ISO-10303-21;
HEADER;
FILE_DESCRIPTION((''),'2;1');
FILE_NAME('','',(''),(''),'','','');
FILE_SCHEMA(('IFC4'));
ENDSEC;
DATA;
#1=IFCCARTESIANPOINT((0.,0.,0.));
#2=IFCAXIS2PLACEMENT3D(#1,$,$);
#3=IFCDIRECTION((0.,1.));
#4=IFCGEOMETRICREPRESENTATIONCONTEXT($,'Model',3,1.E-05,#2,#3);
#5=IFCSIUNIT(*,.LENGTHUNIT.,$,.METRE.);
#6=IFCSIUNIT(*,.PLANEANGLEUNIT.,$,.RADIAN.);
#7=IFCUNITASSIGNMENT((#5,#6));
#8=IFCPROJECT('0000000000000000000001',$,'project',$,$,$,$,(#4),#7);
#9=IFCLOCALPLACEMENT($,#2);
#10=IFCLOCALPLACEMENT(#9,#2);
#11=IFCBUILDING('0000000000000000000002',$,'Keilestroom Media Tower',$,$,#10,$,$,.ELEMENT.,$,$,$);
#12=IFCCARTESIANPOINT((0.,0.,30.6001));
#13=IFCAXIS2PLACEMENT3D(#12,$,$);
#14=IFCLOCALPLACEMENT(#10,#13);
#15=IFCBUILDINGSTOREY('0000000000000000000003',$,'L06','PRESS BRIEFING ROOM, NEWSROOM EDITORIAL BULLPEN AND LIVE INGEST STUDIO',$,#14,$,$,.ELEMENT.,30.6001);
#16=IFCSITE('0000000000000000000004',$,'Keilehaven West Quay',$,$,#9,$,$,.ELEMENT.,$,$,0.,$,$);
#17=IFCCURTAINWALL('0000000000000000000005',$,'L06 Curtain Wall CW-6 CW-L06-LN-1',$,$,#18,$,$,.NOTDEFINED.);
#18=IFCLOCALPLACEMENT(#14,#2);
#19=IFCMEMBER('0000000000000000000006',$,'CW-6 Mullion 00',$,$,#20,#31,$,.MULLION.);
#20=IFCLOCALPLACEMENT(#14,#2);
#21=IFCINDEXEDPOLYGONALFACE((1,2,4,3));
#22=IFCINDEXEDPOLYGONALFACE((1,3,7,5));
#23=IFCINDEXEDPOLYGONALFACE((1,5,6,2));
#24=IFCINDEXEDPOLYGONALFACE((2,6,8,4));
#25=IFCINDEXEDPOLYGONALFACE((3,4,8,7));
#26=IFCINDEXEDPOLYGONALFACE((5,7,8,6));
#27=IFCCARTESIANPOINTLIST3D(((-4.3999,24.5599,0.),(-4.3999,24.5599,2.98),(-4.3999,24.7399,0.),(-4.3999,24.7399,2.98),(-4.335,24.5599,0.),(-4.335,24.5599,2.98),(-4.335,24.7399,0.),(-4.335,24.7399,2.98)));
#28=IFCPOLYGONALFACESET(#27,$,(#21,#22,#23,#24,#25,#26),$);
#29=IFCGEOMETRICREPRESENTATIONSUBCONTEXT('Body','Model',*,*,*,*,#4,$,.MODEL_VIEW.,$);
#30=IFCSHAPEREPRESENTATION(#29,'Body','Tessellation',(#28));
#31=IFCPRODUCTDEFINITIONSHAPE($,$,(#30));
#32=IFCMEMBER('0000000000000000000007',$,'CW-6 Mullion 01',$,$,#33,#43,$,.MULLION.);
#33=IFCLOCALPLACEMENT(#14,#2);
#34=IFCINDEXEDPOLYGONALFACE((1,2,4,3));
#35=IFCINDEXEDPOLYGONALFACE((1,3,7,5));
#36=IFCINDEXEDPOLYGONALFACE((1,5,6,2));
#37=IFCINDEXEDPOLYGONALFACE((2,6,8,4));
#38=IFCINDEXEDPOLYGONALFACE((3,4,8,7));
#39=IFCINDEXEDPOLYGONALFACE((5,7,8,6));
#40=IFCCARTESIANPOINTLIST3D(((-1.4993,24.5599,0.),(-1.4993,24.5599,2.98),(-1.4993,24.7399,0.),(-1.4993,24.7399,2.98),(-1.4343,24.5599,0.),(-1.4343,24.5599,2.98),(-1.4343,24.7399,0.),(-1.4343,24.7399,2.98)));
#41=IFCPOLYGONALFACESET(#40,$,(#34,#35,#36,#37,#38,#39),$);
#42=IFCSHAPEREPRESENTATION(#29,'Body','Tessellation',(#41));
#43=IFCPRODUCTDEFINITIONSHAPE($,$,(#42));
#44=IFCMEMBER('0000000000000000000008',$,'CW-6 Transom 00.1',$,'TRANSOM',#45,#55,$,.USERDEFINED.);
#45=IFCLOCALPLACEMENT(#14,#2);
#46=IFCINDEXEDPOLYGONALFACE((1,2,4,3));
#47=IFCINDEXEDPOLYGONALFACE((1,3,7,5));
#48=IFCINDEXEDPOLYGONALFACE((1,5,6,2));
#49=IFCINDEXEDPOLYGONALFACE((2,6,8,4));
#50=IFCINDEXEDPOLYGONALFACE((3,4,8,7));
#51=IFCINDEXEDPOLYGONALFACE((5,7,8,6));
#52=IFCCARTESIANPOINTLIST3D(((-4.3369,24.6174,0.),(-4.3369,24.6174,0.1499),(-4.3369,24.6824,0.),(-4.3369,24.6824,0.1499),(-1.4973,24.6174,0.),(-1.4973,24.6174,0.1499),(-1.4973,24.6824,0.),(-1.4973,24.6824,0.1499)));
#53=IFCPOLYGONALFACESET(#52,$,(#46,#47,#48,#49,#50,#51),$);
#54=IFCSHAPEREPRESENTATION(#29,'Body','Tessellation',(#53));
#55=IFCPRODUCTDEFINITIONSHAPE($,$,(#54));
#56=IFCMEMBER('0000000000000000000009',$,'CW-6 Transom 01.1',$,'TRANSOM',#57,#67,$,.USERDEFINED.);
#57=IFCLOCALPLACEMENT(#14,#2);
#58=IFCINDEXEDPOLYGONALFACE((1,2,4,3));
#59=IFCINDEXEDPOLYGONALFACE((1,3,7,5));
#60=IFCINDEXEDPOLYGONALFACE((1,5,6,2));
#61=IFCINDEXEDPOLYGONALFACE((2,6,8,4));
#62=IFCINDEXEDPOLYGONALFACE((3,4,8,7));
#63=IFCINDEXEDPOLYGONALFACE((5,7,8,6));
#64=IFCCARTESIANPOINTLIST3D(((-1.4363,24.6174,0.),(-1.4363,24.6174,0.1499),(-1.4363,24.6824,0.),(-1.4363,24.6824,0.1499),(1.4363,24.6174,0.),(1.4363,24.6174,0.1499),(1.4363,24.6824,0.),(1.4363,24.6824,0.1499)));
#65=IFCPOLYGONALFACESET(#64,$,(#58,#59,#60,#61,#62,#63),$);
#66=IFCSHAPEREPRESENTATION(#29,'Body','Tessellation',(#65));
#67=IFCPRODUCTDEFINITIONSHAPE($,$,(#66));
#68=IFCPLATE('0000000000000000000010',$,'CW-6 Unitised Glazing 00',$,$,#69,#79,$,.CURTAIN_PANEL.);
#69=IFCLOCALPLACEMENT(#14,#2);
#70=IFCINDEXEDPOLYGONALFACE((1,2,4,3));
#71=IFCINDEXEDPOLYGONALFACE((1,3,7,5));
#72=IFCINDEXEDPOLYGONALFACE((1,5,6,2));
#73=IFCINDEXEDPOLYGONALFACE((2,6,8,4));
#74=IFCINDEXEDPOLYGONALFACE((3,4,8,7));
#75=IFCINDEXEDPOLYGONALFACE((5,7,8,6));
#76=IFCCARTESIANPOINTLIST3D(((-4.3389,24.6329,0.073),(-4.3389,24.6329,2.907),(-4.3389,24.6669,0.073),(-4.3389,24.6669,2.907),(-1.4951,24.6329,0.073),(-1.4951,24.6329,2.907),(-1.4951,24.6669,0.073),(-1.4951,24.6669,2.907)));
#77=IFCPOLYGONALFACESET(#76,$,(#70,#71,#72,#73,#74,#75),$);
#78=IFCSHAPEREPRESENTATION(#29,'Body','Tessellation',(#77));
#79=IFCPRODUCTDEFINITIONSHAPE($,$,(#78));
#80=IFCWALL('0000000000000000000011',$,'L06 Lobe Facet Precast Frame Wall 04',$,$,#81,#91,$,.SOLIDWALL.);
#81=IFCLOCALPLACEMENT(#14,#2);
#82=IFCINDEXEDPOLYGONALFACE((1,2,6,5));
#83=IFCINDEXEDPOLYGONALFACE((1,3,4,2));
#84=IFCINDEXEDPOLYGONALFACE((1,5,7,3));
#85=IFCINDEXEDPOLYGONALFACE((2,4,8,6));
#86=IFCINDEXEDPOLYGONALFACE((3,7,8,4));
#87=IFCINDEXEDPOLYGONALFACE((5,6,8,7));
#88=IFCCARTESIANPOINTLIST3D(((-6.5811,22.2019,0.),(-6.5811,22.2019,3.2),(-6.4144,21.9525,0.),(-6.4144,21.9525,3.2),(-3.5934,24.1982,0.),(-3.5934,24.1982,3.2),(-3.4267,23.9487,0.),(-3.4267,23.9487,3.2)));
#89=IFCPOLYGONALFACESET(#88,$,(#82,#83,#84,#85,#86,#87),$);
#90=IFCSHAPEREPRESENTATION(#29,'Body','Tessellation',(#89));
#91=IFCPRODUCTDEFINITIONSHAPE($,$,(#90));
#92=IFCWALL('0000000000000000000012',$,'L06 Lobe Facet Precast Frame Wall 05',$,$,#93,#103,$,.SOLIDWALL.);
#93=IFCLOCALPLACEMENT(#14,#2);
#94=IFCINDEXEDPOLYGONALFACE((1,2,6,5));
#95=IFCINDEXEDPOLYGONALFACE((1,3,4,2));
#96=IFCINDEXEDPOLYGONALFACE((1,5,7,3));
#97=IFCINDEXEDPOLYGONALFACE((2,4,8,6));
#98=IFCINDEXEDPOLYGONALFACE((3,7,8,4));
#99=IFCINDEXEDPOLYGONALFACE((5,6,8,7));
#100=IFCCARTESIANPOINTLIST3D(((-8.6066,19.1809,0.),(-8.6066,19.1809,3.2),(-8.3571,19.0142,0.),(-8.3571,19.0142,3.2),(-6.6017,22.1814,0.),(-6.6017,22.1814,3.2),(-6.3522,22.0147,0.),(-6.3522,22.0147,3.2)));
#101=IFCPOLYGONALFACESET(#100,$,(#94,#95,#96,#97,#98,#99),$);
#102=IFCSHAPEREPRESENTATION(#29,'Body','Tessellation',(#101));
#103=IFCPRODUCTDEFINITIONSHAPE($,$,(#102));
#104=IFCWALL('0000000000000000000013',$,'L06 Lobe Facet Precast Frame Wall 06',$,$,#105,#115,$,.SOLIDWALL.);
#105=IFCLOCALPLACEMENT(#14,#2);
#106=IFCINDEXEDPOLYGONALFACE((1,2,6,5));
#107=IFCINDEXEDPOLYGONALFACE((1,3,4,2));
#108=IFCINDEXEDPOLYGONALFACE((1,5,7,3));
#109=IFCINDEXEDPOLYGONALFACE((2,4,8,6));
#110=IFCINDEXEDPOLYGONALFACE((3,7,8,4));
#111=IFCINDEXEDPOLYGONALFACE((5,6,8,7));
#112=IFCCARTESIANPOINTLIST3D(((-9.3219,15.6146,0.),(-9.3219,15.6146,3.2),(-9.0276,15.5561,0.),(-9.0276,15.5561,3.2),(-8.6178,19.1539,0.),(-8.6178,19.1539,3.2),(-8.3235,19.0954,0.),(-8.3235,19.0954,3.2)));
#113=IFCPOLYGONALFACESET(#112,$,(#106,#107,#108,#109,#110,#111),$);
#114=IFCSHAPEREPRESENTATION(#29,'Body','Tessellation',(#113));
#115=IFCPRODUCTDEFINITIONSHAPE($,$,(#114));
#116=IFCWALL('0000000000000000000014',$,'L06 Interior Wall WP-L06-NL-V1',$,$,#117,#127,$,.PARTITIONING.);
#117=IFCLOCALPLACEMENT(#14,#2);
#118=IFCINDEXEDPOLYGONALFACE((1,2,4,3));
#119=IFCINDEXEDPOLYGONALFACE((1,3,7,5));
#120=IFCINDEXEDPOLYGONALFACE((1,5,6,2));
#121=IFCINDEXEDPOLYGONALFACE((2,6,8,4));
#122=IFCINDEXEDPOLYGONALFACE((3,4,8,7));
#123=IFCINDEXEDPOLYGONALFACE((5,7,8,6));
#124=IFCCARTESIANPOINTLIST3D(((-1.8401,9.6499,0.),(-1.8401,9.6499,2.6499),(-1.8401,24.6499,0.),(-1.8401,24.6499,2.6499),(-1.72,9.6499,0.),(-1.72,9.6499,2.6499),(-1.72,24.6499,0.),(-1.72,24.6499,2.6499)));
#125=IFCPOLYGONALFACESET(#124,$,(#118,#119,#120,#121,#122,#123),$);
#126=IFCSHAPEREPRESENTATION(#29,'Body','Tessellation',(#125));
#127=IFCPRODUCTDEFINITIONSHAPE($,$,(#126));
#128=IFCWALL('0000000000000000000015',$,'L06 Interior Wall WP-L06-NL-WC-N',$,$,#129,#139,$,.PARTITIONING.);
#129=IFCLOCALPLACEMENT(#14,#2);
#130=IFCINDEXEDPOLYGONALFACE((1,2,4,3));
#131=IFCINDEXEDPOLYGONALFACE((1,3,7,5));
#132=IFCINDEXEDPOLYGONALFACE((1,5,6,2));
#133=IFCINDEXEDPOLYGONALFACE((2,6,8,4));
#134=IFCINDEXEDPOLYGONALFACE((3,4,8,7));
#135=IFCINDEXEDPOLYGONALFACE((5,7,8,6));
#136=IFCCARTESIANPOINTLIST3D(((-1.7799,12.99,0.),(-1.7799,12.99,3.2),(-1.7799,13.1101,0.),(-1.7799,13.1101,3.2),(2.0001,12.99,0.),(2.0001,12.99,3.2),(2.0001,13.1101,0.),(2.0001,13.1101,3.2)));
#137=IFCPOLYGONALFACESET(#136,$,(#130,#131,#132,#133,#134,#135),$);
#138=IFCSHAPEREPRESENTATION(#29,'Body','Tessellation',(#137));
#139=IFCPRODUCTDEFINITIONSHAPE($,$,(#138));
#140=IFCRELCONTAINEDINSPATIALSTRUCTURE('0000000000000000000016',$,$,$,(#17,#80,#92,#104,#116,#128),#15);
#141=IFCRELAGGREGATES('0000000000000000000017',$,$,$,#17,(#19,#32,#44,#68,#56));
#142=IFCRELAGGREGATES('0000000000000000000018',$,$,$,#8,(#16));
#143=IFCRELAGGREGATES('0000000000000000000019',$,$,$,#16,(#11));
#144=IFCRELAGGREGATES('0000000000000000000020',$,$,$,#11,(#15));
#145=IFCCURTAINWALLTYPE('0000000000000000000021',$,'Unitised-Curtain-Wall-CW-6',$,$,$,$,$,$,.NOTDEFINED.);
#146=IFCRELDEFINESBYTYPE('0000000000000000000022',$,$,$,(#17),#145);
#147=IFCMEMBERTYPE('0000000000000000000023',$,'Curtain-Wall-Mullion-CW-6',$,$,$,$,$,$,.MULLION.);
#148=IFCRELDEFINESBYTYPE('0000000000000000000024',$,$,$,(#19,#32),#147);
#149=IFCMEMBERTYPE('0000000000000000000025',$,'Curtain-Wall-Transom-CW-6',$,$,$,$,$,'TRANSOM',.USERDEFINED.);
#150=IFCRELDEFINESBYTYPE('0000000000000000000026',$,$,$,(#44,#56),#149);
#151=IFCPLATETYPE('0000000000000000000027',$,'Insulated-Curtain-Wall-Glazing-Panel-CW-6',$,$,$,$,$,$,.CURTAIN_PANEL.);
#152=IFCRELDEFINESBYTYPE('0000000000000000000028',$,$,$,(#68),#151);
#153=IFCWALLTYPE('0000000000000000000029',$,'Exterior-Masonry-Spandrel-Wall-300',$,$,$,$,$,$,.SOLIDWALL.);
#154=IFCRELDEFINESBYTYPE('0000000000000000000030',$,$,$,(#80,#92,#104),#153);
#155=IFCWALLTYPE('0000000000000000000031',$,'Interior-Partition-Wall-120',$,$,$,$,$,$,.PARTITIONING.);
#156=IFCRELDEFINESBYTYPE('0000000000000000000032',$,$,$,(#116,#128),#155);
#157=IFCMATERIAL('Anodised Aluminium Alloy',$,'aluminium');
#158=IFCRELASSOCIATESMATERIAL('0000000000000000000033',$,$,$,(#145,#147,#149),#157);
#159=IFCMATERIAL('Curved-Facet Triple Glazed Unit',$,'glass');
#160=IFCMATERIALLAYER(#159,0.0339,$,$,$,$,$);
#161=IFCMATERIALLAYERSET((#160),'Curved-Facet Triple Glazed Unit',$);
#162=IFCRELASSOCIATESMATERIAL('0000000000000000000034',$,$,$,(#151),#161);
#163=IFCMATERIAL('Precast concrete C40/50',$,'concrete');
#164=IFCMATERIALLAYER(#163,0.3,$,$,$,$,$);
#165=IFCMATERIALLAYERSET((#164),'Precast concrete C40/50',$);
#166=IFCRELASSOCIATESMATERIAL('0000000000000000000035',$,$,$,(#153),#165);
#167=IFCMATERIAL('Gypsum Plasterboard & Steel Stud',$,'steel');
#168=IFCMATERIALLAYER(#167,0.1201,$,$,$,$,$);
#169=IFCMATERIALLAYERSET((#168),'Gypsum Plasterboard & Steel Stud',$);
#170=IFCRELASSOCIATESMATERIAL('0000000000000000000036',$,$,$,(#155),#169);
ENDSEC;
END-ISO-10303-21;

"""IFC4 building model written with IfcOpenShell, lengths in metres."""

from ifc_helpers import new_model, si_unit, direction, frame, frame_2d, origin, origin_2d, place, context, subcontext, project, spatial, rectangle, extrude, source, transform, mapped, material, layer, layer_set, material_profile, profile_set, type_object, element, aggregate, save


model = new_model("IFC4")

# Units and contexts
model_context = context("Model", 3, precision=1e-05, world=origin(), true_north=direction((0.0, 1.0)))
body_context = subcontext(model_context, "Body", "Model", "MODEL_VIEW")
ifc_project = project(units=[si_unit("LENGTHUNIT", "METRE"), si_unit("PLANEANGLEUNIT", "RADIAN")], contexts=[model_context])

# Site, building, storey
site_placement = place(None, origin())
site = spatial("IfcSite", under=ifc_project, at=site_placement, Name="Keilehaven West Quay", CompositionType="ELEMENT", RefElevation=0.0)
building_placement = place(site_placement, origin())
building = spatial("IfcBuilding", under=site, at=building_placement, Name="Keilestroom Media Tower", CompositionType="ELEMENT")
storey_placement = place(building_placement, frame((0.0, 0.0, 30.6001)))
storey = spatial("IfcBuildingStorey", under=building, at=storey_placement, Name="L06", Description="PRESS BRIEFING ROOM, NEWSROOM EDITORIAL BULLPEN AND LIVE INGEST STUDIO", CompositionType="ELEMENT", Elevation=30.6001)

# Curtain wall, members, plate
ifc_material_1 = material(Name="Anodised Aluminium Alloy", Category="aluminium")
curtain_wall_type = type_object("IfcCurtainWallType", Name="Unitised-Curtain-Wall-CW-6", PredefinedType="NOTDEFINED", material=ifc_material_1)
curtain_wall_placement = place(storey_placement, origin())
curtain_wall = element("IfcCurtainWall", 1, at=curtain_wall_placement, inside=storey, type_object=curtain_wall_type, Name="L06 Curtain Wall CW-6 CW-L06-LN-1", PredefinedType="NOTDEFINED")
ifc_material_profile_1 = material_profile(ifc_material_1, rectangle(XDim=0.0649, YDim=0.1799, at=origin_2d()), Name="ALU MULLION 65x180")
ifc_profile_set_1 = profile_set([ifc_material_profile_1], Name="Anodised Aluminium Alloy")
member_type_1 = type_object("IfcMemberType", Name="Curtain-Wall-Mullion-CW-6", PredefinedType="MULLION", material=ifc_profile_set_1)
shared_shape_1 = source(origin(), body_context, "Body", "SweptSolid", [
    extrude(rectangle(XDim=0.0649, YDim=0.1799, at=origin_2d()), origin(), (0.0, 0.0, 1.0), 2.98),
])
member_1_placement = place(storey_placement, frame((-4.3674, 24.6499, 0.0), z_axis=(0.0, 0.0, 1.0), x_axis=(1.0, 0.0, 0.0)))
member_1 = element("IfcMember", 2, at=member_1_placement, type_object=member_type_1, Name="CW-6 Mullion 00", PredefinedType="MULLION", context=body_context, shape_type="MappedRepresentation", body=[
    mapped(shared_shape_1, transform((0.0, 0.0, 0.0), x_axis=(1.0, 0.0, 0.0), y_axis=(0.0, 1.0, 0.0), z_axis=(0.0, 0.0, 1.0), scale=1.0)),
])
member_2_placement = place(storey_placement, frame((-1.4668, 24.6499, 0.0), z_axis=(0.0, 0.0, 1.0), x_axis=(1.0, 0.0, 0.0)))
member_2 = element("IfcMember", 3, at=member_2_placement, type_object=member_type_1, Name="CW-6 Mullion 01", PredefinedType="MULLION", context=body_context, shape_type="MappedRepresentation", body=[
    mapped(shared_shape_1, transform((0.0, 0.0, 0.0), x_axis=(1.0, 0.0, 0.0), y_axis=(0.0, 1.0, 0.0), z_axis=(0.0, 0.0, 1.0), scale=1.0)),
])
ifc_material_profile_2 = material_profile(ifc_material_1, rectangle(XDim=0.0649, YDim=0.1499, at=origin_2d()), Name="ALU TRANSOM 65x150")
ifc_profile_set_2 = profile_set([ifc_material_profile_2], Name="Anodised Aluminium Alloy")
member_type_2 = type_object("IfcMemberType", Name="Curtain-Wall-Transom-CW-6", ElementType="TRANSOM", PredefinedType="USERDEFINED", material=ifc_profile_set_2)
shared_shape_2 = source(origin(), body_context, "Body", "SweptSolid", [
    extrude(rectangle(XDim=0.0649, YDim=0.1499, at=origin_2d()), origin(), (0.0, 0.0, 1.0), 2.8396),
])
member_3_placement = place(storey_placement, frame((-4.3369, 24.6499, 0.075), z_axis=(1.0, 0.0, 0.0), x_axis=(0.0, 1.0, 0.0)))
member_3 = element("IfcMember", 4, at=member_3_placement, type_object=member_type_2, Name="CW-6 Transom 00.1", ObjectType="TRANSOM", PredefinedType="USERDEFINED", context=body_context, shape_type="MappedRepresentation", body=[
    mapped(shared_shape_2, transform((0.0, 0.0, 0.0), x_axis=(1.0, 0.0, 0.0), y_axis=(0.0, 1.0, 0.0), z_axis=(0.0, 0.0, 1.0), scale=1.0)),
])
shared_shape_3 = source(origin(), body_context, "Body", "SweptSolid", [
    extrude(rectangle(XDim=0.0649, YDim=0.1499, at=origin_2d()), origin(), (0.0, 0.0, 1.0), 2.8726),
])
member_4_placement = place(storey_placement, frame((-1.4363, 24.6499, 0.075), z_axis=(1.0, 0.0, 0.0), x_axis=(0.0, 1.0, 0.0)))
member_4 = element("IfcMember", 5, at=member_4_placement, type_object=member_type_2, Name="CW-6 Transom 01.1", ObjectType="TRANSOM", PredefinedType="USERDEFINED", context=body_context, shape_type="MappedRepresentation", body=[
    mapped(shared_shape_3, transform((0.0, 0.0, 0.0), x_axis=(1.0, 0.0, 0.0), y_axis=(0.0, 1.0, 0.0), z_axis=(0.0, 0.0, 1.0), scale=1.0)),
])
ifc_material_2 = material(Name="Curved-Facet Triple Glazed Unit", Category="glass")
ifc_layer_1 = layer(ifc_material_2, 0.0339)
ifc_layer_set_1 = layer_set([ifc_layer_1], Name="Curved-Facet Triple Glazed Unit")
plate_type = type_object("IfcPlateType", Name="Insulated-Curtain-Wall-Glazing-Panel-CW-6", PredefinedType="CURTAIN_PANEL", material=ifc_layer_set_1)
shared_shape_4 = source(origin(), body_context, "Body", "SweptSolid", [
    extrude(rectangle(XDim=2.8438, YDim=0.0339, at=origin_2d()), origin(), (0.0, 0.0, 1.0), 2.834),
])
plate_placement = place(storey_placement, frame((-2.917, 24.6499, 0.073), z_axis=(0.0, 0.0, 1.0), x_axis=(1.0, 0.0, 0.0)))
plate = element("IfcPlate", 6, at=plate_placement, type_object=plate_type, Name="CW-6 Unitised Glazing 00", PredefinedType="CURTAIN_PANEL", context=body_context, shape_type="MappedRepresentation", body=[
    mapped(shared_shape_4, transform((0.0, 0.0, 0.0), x_axis=(1.0, 0.0, 0.0), y_axis=(0.0, 1.0, 0.0), z_axis=(0.0, 0.0, 1.0), scale=1.0)),
])
aggregate(curtain_wall, [member_1, member_2, member_3, plate, member_4])

# Walls
ifc_material_3 = material(Name="Precast concrete C40/50", Category="concrete")
ifc_layer_2 = layer(ifc_material_3, 0.3)
ifc_layer_set_2 = layer_set([ifc_layer_2], Name="Precast concrete C40/50")
wall_type_1 = type_object("IfcWallType", Name="Exterior-Masonry-Spandrel-Wall-300", PredefinedType="SOLIDWALL", material=ifc_layer_set_2)
wall_1_placement = place(storey_placement, frame((-3.51, 24.0735, 0.0), z_axis=(0.0, 0.0, 1.0), x_axis=(-0.831475, -0.555562, 0.0)))
element("IfcWall", 7, at=wall_1_placement, inside=storey, type_object=wall_type_1, Name="L06 Lobe Facet Precast Frame Wall 04", PredefinedType="SOLIDWALL", context=body_context, shape_type="SweptSolid", body=[
    extrude(rectangle(XDim=3.5933, YDim=0.3, at=frame_2d((1.7966, 0.0))), origin(), (0.0, 0.0, 1.0), 3.2),
])
for number, where, z_axis, x_axis, name in (
    (8, (-6.4771, 22.0979, 0.0), (0.0, 0.0, 1.0), (-0.555574, -0.831467, 0.0), "L06 Lobe Facet Precast Frame Wall 05"),
    (9, (-8.4707, 19.1245, 0.0), (0.0, 0.0, 1.0), (-0.195114, -0.980781, 0.0), "L06 Lobe Facet Precast Frame Wall 06"),
):
    element("IfcWall", number, at=place(storey_placement, frame(where, z_axis=z_axis, x_axis=x_axis)), inside=storey, type_object=wall_type_1, Name=name, PredefinedType="SOLIDWALL", context=body_context, shape_type="SweptSolid", body=[
        extrude(rectangle(XDim=3.6086, YDim=0.3, at=frame_2d((1.8042, 0.0))), origin(), (0.0, 0.0, 1.0), 3.2),
    ])
ifc_material_4 = material(Name="Gypsum Plasterboard & Steel Stud", Category="steel")
ifc_layer_3 = layer(ifc_material_4, 0.1201)
ifc_layer_set_3 = layer_set([ifc_layer_3], Name="Gypsum Plasterboard & Steel Stud")
wall_type_2 = type_object("IfcWallType", Name="Interior-Partition-Wall-120", PredefinedType="PARTITIONING", material=ifc_layer_set_3)
wall_2_placement = place(storey_placement, frame((-1.78, 9.6499, 0.0), z_axis=(0.0, 0.0, 1.0), x_axis=(0.0, 1.0, 0.0)))
element("IfcWall", 10, at=wall_2_placement, inside=storey, type_object=wall_type_2, Name="L06 Interior Wall WP-L06-NL-V1", PredefinedType="PARTITIONING", context=body_context, shape_type="SweptSolid", body=[
    extrude(rectangle(XDim=15.0, YDim=0.1201, at=frame_2d((7.5, 0.0))), origin(), (0.0, 0.0, 1.0), 2.6499),
])
wall_3_placement = place(storey_placement, frame((-1.78, 13.05, 0.0), z_axis=(0.0, 0.0, 1.0), x_axis=(1.0, 0.0, 0.0)))
element("IfcWall", 11, at=wall_3_placement, inside=storey, type_object=wall_type_2, Name="L06 Interior Wall WP-L06-NL-WC-N", PredefinedType="PARTITIONING", context=body_context, shape_type="SweptSolid", body=[
    extrude(rectangle(XDim=3.78, YDim=0.1201, at=frame_2d((1.8901, 0.0))), origin(), (0.0, 0.0, 1.0), 3.2),
])

save(model, "model.ifc")
